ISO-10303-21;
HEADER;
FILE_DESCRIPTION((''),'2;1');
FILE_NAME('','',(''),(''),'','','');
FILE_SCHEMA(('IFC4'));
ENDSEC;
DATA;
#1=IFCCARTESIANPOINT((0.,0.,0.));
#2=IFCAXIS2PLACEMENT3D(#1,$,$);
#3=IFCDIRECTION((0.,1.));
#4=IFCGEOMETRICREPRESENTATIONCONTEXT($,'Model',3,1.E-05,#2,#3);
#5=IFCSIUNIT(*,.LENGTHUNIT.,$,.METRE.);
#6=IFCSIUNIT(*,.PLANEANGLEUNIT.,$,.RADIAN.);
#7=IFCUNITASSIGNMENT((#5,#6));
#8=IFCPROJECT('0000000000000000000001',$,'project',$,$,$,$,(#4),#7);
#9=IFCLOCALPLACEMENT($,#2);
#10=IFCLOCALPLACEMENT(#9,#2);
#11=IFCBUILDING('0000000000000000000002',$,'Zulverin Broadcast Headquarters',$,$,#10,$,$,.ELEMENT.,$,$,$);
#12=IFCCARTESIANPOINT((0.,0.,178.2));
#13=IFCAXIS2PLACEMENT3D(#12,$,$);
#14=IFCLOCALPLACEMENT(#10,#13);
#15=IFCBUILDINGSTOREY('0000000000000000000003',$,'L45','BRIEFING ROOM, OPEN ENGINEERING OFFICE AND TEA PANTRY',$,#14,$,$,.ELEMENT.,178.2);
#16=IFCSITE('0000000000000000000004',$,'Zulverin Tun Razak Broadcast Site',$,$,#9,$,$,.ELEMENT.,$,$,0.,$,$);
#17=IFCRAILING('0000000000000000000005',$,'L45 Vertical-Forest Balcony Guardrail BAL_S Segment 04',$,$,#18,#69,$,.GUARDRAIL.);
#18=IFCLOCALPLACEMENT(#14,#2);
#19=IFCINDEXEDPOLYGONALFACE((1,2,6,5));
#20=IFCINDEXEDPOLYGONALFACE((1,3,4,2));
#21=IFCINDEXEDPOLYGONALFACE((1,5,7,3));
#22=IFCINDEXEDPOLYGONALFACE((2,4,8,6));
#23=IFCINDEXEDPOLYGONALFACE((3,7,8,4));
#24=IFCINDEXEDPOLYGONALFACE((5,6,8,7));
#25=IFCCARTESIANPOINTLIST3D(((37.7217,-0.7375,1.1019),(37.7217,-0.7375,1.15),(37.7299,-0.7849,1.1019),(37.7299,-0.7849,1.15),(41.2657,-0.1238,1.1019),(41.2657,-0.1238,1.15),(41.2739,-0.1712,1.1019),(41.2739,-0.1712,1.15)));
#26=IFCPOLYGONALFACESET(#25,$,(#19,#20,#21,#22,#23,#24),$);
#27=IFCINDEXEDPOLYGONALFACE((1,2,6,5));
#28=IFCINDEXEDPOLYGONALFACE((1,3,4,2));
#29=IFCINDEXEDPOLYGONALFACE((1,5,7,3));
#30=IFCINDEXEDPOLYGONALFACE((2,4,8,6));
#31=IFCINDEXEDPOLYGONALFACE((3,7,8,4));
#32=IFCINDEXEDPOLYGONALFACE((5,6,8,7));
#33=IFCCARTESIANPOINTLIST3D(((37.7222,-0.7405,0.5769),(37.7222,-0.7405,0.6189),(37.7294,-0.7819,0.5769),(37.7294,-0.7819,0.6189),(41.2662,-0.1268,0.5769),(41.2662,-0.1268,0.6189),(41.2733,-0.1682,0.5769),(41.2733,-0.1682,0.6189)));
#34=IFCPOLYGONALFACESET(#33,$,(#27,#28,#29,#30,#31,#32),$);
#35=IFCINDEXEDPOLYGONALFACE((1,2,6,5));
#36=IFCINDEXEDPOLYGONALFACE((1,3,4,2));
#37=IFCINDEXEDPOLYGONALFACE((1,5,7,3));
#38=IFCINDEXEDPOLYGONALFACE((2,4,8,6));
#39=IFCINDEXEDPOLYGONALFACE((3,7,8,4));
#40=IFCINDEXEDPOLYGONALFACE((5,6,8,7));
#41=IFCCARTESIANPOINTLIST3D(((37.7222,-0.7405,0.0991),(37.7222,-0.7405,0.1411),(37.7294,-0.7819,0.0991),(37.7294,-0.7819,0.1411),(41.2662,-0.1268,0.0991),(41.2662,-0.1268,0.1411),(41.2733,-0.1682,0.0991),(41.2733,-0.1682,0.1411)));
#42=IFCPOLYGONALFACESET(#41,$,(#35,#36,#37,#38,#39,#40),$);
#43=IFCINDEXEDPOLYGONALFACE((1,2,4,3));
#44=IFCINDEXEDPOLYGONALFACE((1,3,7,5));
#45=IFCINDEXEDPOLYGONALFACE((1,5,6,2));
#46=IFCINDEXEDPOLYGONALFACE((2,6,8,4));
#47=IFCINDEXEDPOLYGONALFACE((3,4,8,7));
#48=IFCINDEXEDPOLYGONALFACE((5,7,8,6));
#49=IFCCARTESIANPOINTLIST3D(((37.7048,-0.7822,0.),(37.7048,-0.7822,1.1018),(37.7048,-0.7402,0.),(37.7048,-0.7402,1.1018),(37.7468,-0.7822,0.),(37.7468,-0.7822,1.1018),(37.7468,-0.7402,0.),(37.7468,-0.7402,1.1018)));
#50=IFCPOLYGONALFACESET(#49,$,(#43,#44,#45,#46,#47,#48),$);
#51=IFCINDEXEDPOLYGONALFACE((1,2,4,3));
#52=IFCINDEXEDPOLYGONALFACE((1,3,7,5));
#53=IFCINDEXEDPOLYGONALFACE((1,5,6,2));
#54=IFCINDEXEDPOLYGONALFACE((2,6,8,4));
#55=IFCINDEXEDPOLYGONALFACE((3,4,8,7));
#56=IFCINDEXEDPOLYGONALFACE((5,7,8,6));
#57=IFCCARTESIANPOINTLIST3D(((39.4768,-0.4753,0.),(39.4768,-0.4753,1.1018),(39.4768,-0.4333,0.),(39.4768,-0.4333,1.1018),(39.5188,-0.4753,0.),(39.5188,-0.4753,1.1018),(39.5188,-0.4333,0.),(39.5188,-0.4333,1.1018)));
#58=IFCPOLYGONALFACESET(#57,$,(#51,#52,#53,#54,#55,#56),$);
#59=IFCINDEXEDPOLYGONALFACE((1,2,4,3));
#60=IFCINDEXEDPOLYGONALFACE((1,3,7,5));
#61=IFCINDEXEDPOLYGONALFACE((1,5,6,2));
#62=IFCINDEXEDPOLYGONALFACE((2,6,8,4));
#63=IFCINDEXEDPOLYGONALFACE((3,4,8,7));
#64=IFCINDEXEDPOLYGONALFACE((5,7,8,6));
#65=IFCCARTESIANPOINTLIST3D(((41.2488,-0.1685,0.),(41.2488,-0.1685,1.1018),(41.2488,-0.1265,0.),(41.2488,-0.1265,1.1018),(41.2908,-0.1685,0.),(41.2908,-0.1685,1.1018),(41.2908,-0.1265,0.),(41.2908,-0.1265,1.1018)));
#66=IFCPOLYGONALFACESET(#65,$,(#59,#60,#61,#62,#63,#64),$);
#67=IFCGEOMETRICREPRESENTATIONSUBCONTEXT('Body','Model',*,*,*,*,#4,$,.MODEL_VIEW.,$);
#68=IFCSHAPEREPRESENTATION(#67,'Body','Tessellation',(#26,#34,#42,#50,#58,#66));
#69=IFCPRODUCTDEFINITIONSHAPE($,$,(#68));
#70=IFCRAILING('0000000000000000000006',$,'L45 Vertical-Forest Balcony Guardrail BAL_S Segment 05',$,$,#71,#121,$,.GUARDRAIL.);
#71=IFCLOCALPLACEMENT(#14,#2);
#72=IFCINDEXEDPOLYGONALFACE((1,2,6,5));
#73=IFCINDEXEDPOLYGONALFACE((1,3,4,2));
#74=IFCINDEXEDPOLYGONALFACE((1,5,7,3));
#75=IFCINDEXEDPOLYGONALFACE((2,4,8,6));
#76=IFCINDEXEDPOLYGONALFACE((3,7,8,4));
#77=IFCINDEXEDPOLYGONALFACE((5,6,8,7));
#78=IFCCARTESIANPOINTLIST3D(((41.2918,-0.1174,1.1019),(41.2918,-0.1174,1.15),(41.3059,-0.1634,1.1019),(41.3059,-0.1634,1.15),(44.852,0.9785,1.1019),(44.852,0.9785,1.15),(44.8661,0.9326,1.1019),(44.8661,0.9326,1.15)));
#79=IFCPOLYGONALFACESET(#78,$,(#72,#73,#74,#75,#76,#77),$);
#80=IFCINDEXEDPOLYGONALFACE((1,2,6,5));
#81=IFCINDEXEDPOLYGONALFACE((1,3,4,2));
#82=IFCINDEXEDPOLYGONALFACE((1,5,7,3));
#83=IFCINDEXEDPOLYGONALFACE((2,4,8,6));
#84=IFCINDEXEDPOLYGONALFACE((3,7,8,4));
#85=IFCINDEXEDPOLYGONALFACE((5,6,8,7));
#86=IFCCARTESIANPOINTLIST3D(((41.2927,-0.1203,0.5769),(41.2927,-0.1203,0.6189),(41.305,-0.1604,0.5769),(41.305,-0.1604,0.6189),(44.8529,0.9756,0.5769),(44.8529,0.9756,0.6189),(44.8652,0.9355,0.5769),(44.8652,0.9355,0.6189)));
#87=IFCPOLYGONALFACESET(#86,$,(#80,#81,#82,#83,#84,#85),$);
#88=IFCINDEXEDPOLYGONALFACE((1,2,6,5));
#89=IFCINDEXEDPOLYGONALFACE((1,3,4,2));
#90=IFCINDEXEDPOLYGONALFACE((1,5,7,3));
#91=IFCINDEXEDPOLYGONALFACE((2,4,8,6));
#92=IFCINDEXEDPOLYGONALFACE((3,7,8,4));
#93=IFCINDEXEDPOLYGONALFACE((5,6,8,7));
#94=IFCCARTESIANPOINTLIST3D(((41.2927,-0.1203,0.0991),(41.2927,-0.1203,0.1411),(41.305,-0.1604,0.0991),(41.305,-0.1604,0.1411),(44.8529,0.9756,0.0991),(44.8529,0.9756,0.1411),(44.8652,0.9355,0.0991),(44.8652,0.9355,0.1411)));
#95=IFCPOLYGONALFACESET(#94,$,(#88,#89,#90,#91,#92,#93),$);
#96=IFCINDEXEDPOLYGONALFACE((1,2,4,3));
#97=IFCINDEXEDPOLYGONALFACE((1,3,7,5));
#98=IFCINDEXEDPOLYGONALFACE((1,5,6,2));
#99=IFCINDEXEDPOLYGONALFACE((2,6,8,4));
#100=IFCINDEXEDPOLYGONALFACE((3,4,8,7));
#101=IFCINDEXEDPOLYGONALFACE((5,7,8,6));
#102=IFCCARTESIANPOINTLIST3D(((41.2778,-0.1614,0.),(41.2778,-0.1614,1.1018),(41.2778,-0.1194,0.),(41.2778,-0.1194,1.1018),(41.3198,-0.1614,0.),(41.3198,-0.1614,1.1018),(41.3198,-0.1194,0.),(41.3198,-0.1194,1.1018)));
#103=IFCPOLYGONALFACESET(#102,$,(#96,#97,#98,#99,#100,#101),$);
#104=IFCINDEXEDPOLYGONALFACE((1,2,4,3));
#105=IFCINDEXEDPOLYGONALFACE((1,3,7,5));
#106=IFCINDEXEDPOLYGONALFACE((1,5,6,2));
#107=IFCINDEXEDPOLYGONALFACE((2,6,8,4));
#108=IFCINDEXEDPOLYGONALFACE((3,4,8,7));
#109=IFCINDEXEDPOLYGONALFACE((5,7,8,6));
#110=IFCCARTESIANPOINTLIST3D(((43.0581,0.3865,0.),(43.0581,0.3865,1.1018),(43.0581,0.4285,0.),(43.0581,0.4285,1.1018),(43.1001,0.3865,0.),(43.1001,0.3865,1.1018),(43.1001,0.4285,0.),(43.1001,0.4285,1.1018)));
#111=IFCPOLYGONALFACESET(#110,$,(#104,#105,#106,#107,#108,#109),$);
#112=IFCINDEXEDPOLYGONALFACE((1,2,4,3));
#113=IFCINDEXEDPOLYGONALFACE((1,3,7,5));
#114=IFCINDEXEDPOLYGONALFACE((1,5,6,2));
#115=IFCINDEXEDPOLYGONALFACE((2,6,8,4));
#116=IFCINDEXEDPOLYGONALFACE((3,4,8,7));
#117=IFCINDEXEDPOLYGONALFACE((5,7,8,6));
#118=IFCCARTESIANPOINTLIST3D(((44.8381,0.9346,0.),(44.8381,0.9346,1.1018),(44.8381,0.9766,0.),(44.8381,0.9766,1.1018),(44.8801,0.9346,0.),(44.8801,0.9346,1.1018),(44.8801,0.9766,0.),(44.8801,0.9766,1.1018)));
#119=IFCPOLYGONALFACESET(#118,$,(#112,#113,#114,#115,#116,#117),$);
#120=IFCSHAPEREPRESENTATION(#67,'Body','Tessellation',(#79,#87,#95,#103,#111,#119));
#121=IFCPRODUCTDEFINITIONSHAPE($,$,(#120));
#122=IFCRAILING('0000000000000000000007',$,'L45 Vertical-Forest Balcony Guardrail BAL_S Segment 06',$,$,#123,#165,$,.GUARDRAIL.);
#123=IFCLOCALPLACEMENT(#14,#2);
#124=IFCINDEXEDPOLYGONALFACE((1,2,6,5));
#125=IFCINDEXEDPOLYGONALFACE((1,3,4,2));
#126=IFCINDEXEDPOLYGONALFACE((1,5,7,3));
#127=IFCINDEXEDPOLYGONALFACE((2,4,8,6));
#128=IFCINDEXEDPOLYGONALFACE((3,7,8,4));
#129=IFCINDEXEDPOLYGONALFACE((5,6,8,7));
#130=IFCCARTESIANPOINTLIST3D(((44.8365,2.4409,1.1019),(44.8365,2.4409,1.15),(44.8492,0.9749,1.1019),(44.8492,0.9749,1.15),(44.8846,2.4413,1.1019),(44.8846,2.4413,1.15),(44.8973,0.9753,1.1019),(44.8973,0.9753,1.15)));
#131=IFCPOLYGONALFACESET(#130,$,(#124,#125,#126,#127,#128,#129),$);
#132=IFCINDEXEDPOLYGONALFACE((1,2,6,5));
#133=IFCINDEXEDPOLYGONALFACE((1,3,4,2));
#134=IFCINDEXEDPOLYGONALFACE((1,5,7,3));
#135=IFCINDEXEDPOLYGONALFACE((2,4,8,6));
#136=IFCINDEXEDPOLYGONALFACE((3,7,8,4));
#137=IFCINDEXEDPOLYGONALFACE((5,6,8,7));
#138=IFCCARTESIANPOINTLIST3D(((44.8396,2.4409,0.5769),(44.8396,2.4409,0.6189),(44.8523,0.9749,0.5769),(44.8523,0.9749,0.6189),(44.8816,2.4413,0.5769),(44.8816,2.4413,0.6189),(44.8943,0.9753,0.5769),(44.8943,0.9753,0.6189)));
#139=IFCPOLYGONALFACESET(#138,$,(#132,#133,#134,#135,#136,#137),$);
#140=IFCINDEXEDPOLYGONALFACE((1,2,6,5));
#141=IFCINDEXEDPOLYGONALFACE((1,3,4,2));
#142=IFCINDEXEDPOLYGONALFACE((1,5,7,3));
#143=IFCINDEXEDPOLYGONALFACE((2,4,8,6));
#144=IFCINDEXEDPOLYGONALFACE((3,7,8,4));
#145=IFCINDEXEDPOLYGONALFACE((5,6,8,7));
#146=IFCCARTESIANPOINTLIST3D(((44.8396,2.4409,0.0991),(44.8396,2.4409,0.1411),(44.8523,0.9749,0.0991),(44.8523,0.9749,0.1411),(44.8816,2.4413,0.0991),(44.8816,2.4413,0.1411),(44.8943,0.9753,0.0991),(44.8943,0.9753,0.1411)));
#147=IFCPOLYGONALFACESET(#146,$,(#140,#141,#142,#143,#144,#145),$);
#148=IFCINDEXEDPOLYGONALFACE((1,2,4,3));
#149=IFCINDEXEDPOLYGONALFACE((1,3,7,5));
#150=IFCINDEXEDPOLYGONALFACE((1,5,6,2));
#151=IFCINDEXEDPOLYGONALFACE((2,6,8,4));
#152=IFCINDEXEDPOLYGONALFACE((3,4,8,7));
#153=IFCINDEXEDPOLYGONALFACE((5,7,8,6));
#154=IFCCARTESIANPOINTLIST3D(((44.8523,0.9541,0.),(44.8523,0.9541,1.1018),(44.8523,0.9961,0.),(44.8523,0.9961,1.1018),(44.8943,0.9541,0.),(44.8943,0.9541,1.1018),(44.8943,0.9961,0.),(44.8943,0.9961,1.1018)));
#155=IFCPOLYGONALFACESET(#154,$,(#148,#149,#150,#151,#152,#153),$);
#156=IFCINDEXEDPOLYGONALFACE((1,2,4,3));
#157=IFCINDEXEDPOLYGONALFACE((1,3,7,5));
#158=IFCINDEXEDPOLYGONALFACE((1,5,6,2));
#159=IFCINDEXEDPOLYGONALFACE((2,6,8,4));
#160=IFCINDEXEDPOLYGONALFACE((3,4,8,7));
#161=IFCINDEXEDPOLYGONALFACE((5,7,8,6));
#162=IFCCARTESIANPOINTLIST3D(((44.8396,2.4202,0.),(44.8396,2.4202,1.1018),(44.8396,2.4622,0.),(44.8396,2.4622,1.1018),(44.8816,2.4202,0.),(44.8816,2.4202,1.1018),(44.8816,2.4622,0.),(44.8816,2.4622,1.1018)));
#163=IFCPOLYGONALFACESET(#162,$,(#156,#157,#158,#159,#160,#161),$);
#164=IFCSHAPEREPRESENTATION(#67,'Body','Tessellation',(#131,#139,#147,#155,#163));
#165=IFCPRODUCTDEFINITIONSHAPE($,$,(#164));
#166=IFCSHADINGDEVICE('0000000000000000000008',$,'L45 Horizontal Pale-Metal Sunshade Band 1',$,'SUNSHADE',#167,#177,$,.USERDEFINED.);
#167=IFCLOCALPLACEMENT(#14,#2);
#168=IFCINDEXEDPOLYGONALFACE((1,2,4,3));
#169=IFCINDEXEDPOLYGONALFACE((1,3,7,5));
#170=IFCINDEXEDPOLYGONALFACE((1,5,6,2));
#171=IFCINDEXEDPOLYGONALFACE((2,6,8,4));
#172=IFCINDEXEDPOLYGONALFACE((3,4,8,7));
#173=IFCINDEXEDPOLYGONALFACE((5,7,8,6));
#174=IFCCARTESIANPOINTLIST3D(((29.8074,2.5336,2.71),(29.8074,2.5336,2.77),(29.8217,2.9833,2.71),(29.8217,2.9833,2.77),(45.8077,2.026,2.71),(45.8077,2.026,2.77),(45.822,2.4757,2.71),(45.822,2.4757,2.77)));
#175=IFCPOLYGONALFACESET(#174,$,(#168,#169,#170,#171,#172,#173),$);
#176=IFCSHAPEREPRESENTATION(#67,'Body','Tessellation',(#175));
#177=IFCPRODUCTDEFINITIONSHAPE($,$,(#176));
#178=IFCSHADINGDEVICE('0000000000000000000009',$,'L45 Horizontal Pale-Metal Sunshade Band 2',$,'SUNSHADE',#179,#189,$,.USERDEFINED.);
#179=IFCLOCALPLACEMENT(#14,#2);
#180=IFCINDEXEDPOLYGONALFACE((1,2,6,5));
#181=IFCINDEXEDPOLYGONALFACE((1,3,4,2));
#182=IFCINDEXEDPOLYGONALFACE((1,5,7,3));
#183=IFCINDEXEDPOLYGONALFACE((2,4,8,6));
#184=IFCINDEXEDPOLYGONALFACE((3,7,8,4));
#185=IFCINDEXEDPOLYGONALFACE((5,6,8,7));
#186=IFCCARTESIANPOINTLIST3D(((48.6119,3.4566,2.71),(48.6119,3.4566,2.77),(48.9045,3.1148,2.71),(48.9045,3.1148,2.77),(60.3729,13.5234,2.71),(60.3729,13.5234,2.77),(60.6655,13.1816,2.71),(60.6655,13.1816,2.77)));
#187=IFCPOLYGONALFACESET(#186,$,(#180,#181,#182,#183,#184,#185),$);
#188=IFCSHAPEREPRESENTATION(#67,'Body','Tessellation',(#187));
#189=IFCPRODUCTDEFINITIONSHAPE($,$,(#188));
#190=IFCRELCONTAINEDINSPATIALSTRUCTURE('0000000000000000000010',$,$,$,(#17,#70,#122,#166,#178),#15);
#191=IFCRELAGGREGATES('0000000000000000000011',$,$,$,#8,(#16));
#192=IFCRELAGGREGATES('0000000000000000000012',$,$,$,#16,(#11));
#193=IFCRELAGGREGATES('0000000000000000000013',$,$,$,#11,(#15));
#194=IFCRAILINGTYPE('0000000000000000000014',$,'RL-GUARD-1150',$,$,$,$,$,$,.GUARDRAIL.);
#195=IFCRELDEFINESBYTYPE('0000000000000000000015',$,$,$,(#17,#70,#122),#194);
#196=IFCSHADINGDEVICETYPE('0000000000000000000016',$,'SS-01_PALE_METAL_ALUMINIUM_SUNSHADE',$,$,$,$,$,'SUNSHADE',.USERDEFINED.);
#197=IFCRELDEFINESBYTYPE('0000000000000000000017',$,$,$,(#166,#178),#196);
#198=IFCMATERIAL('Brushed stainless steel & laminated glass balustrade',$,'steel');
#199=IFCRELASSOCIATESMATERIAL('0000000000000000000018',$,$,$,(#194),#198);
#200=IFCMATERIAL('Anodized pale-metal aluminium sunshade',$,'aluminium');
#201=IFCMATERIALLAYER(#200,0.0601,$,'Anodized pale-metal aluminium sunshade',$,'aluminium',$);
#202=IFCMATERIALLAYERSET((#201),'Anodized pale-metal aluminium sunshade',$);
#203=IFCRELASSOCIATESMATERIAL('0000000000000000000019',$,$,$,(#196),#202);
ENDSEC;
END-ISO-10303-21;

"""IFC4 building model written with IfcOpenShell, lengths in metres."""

from ifc_helpers import new_model, si_unit, direction, frame, origin, origin_2d, place, context, subcontext, project, spatial, rectangle, extrude, material, layer, layer_set, type_object, element, save


model = new_model("IFC4")

# Units and contexts
model_context = context("Model", 3, precision=1e-05, world=origin(), true_north=direction((0.0, 1.0)))
body_context = subcontext(model_context, "Body", "Model", "MODEL_VIEW")
ifc_project = project(units=[si_unit("LENGTHUNIT", "METRE"), si_unit("PLANEANGLEUNIT", "RADIAN")], contexts=[model_context])

# Site, building, storey
site_placement = place(None, origin())
site = spatial("IfcSite", under=ifc_project, at=site_placement, Name="Zulverin Tun Razak Broadcast Site", CompositionType="ELEMENT", RefElevation=0.0)
building_placement = place(site_placement, origin())
building = spatial("IfcBuilding", under=site, at=building_placement, Name="Zulverin Broadcast Headquarters", CompositionType="ELEMENT")
storey_placement = place(building_placement, frame((0.0, 0.0, 178.2)))
storey = spatial("IfcBuildingStorey", under=building, at=storey_placement, Name="L45", Description="BRIEFING ROOM, OPEN ENGINEERING OFFICE AND TEA PANTRY", CompositionType="ELEMENT", Elevation=178.2)

# Railings
ifc_material_1 = material(Name="Brushed stainless steel & laminated glass balustrade", Category="steel")
railing_type = type_object("IfcRailingType", Name="RL-GUARD-1150", PredefinedType="GUARDRAIL", material=ifc_material_1)
railing_1_placement = place(storey_placement, frame((37.7258, -0.7612, 0.0)))
element("IfcRailing", 1, at=railing_1_placement, inside=storey, type_object=railing_type, Name="L45 Vertical-Forest Balcony Guardrail BAL_S Segment 04", PredefinedType="GUARDRAIL", context=body_context, shape_type="SweptSolid", body=[
    extrude(rectangle(XDim=0.0481, YDim=0.0481, at=origin_2d()), frame((0.0, 0.0, 1.126), z_axis=(0.985332, 0.170648, 0.0), x_axis=(-0.170648, 0.985332, 0.0)), (0.0, 0.0, 1.0), 3.5967),
    extrude(rectangle(XDim=0.042, YDim=0.042, at=origin_2d()), frame((0.0, 0.0, 0.5979), z_axis=(0.985332, 0.170648, 0.0), x_axis=(-0.170648, 0.985332, 0.0)), (0.0, 0.0, 1.0), 3.5967),
    extrude(rectangle(XDim=0.042, YDim=0.042, at=origin_2d()), frame((0.0, 0.0, 0.1201), z_axis=(0.985332, 0.170648, 0.0), x_axis=(-0.170648, 0.985332, 0.0)), (0.0, 0.0, 1.0), 3.5967),
    extrude(rectangle(XDim=0.042, YDim=0.042, at=origin_2d()), origin(), (0.0, 0.0, 1.0), 1.1018),
    extrude(rectangle(XDim=0.042, YDim=0.042, at=origin_2d()), frame((1.772, 0.3069, 0.0)), (0.0, 0.0, 1.0), 1.1018),
    extrude(rectangle(XDim=0.042, YDim=0.042, at=origin_2d()), frame((3.5439, 0.6138, 0.0)), (0.0, 0.0, 1.0), 1.1018),
])
railing_2_placement = place(storey_placement, frame((41.2988, -0.1404, 0.0)))
element("IfcRailing", 2, at=railing_2_placement, inside=storey, type_object=railing_type, Name="L45 Vertical-Forest Balcony Guardrail BAL_S Segment 05", PredefinedType="GUARDRAIL", context=body_context, shape_type="SweptSolid", body=[
    extrude(rectangle(XDim=0.0481, YDim=0.0481, at=origin_2d()), frame((0.0, 0.0, 1.126), z_axis=(0.955744, 0.294201, 0.0), x_axis=(-0.294201, 0.955744, 0.0)), (0.0, 0.0, 1.0), 3.7251),
    extrude(rectangle(XDim=0.042, YDim=0.042, at=origin_2d()), frame((0.0, 0.0, 0.5979), z_axis=(0.955744, 0.294201, 0.0), x_axis=(-0.294201, 0.955744, 0.0)), (0.0, 0.0, 1.0), 3.7251),
    extrude(rectangle(XDim=0.042, YDim=0.042, at=origin_2d()), frame((0.0, 0.0, 0.1201), z_axis=(0.955744, 0.294201, 0.0), x_axis=(-0.294201, 0.955744, 0.0)), (0.0, 0.0, 1.0), 3.7251),
    extrude(rectangle(XDim=0.042, YDim=0.042, at=origin_2d()), origin(), (0.0, 0.0, 1.0), 1.1018),
    extrude(rectangle(XDim=0.042, YDim=0.042, at=origin_2d()), frame((1.7803, 0.5479, 0.0)), (0.0, 0.0, 1.0), 1.1018),
    extrude(rectangle(XDim=0.042, YDim=0.042, at=origin_2d()), frame((3.5603, 1.0959, 0.0)), (0.0, 0.0, 1.0), 1.1018),
])
railing_3_placement = place(storey_placement, frame((44.8733, 0.9751, 0.0)))
element("IfcRailing", 3, at=railing_3_placement, inside=storey, type_object=railing_type, Name="L45 Vertical-Forest Balcony Guardrail BAL_S Segment 06", PredefinedType="GUARDRAIL", context=body_context, shape_type="SweptSolid", body=[
    extrude(rectangle(XDim=0.0481, YDim=0.0481, at=origin_2d()), frame((0.0, 0.0, 1.126), z_axis=(-0.008659, 0.999963, 0.0), x_axis=(-0.999963, -0.008659, 0.0)), (0.0, 0.0, 1.0), 1.4661),
    extrude(rectangle(XDim=0.042, YDim=0.042, at=origin_2d()), frame((0.0, 0.0, 0.5979), z_axis=(-0.008659, 0.999963, 0.0), x_axis=(-0.999963, -0.008659, 0.0)), (0.0, 0.0, 1.0), 1.4661),
    extrude(rectangle(XDim=0.042, YDim=0.042, at=origin_2d()), frame((0.0, 0.0, 0.1201), z_axis=(-0.008659, 0.999963, 0.0), x_axis=(-0.999963, -0.008659, 0.0)), (0.0, 0.0, 1.0), 1.4661),
    extrude(rectangle(XDim=0.042, YDim=0.042, at=origin_2d()), origin(), (0.0, 0.0, 1.0), 1.1018),
    extrude(rectangle(XDim=0.042, YDim=0.042, at=origin_2d()), frame((-0.0127, 1.4661, 0.0)), (0.0, 0.0, 1.0), 1.1018),
])

# Shading devices
ifc_material_2 = material(Name="Anodized pale-metal aluminium sunshade", Category="aluminium")
ifc_layer_1 = layer(ifc_material_2, 0.0601, Name="Anodized pale-metal aluminium sunshade", Category="aluminium")
ifc_layer_set_1 = layer_set([ifc_layer_1], Name="Anodized pale-metal aluminium sunshade")
shading_device_type = type_object("IfcShadingDeviceType", Name="SS-01_PALE_METAL_ALUMINIUM_SUNSHADE", ElementType="SUNSHADE", PredefinedType="USERDEFINED", material=ifc_layer_set_1)
shading_device_1_placement = place(storey_placement, frame((37.8147, 2.5046, 2.71), z_axis=(0.0, 0.0, 1.0), x_axis=(0.999497, -0.031709, 0.0)))
element("IfcShadingDevice", 4, at=shading_device_1_placement, inside=storey, type_object=shading_device_type, Name="L45 Horizontal Pale-Metal Sunshade Band 1", ObjectType="SUNSHADE", PredefinedType="USERDEFINED", context=body_context, shape_type="SweptSolid", body=[
    extrude(rectangle(XDim=16.0083, YDim=0.45, at=origin_2d()), origin(), (0.0, 0.0, 1.0), 0.0601),
])
shading_device_2_placement = place(storey_placement, frame((54.6387, 8.3191, 2.71), z_axis=(0.0, 0.0, 1.0), x_axis=(0.759706, 0.650267, 0.0)))
element("IfcShadingDevice", 5, at=shading_device_2_placement, inside=storey, type_object=shading_device_type, Name="L45 Horizontal Pale-Metal Sunshade Band 2", ObjectType="SUNSHADE", PredefinedType="USERDEFINED", context=body_context, shape_type="SweptSolid", body=[
    extrude(rectangle(XDim=15.481, YDim=0.45, at=origin_2d()), origin(), (0.0, 0.0, 1.0), 0.0601),
])

save(model, "model.ifc")
